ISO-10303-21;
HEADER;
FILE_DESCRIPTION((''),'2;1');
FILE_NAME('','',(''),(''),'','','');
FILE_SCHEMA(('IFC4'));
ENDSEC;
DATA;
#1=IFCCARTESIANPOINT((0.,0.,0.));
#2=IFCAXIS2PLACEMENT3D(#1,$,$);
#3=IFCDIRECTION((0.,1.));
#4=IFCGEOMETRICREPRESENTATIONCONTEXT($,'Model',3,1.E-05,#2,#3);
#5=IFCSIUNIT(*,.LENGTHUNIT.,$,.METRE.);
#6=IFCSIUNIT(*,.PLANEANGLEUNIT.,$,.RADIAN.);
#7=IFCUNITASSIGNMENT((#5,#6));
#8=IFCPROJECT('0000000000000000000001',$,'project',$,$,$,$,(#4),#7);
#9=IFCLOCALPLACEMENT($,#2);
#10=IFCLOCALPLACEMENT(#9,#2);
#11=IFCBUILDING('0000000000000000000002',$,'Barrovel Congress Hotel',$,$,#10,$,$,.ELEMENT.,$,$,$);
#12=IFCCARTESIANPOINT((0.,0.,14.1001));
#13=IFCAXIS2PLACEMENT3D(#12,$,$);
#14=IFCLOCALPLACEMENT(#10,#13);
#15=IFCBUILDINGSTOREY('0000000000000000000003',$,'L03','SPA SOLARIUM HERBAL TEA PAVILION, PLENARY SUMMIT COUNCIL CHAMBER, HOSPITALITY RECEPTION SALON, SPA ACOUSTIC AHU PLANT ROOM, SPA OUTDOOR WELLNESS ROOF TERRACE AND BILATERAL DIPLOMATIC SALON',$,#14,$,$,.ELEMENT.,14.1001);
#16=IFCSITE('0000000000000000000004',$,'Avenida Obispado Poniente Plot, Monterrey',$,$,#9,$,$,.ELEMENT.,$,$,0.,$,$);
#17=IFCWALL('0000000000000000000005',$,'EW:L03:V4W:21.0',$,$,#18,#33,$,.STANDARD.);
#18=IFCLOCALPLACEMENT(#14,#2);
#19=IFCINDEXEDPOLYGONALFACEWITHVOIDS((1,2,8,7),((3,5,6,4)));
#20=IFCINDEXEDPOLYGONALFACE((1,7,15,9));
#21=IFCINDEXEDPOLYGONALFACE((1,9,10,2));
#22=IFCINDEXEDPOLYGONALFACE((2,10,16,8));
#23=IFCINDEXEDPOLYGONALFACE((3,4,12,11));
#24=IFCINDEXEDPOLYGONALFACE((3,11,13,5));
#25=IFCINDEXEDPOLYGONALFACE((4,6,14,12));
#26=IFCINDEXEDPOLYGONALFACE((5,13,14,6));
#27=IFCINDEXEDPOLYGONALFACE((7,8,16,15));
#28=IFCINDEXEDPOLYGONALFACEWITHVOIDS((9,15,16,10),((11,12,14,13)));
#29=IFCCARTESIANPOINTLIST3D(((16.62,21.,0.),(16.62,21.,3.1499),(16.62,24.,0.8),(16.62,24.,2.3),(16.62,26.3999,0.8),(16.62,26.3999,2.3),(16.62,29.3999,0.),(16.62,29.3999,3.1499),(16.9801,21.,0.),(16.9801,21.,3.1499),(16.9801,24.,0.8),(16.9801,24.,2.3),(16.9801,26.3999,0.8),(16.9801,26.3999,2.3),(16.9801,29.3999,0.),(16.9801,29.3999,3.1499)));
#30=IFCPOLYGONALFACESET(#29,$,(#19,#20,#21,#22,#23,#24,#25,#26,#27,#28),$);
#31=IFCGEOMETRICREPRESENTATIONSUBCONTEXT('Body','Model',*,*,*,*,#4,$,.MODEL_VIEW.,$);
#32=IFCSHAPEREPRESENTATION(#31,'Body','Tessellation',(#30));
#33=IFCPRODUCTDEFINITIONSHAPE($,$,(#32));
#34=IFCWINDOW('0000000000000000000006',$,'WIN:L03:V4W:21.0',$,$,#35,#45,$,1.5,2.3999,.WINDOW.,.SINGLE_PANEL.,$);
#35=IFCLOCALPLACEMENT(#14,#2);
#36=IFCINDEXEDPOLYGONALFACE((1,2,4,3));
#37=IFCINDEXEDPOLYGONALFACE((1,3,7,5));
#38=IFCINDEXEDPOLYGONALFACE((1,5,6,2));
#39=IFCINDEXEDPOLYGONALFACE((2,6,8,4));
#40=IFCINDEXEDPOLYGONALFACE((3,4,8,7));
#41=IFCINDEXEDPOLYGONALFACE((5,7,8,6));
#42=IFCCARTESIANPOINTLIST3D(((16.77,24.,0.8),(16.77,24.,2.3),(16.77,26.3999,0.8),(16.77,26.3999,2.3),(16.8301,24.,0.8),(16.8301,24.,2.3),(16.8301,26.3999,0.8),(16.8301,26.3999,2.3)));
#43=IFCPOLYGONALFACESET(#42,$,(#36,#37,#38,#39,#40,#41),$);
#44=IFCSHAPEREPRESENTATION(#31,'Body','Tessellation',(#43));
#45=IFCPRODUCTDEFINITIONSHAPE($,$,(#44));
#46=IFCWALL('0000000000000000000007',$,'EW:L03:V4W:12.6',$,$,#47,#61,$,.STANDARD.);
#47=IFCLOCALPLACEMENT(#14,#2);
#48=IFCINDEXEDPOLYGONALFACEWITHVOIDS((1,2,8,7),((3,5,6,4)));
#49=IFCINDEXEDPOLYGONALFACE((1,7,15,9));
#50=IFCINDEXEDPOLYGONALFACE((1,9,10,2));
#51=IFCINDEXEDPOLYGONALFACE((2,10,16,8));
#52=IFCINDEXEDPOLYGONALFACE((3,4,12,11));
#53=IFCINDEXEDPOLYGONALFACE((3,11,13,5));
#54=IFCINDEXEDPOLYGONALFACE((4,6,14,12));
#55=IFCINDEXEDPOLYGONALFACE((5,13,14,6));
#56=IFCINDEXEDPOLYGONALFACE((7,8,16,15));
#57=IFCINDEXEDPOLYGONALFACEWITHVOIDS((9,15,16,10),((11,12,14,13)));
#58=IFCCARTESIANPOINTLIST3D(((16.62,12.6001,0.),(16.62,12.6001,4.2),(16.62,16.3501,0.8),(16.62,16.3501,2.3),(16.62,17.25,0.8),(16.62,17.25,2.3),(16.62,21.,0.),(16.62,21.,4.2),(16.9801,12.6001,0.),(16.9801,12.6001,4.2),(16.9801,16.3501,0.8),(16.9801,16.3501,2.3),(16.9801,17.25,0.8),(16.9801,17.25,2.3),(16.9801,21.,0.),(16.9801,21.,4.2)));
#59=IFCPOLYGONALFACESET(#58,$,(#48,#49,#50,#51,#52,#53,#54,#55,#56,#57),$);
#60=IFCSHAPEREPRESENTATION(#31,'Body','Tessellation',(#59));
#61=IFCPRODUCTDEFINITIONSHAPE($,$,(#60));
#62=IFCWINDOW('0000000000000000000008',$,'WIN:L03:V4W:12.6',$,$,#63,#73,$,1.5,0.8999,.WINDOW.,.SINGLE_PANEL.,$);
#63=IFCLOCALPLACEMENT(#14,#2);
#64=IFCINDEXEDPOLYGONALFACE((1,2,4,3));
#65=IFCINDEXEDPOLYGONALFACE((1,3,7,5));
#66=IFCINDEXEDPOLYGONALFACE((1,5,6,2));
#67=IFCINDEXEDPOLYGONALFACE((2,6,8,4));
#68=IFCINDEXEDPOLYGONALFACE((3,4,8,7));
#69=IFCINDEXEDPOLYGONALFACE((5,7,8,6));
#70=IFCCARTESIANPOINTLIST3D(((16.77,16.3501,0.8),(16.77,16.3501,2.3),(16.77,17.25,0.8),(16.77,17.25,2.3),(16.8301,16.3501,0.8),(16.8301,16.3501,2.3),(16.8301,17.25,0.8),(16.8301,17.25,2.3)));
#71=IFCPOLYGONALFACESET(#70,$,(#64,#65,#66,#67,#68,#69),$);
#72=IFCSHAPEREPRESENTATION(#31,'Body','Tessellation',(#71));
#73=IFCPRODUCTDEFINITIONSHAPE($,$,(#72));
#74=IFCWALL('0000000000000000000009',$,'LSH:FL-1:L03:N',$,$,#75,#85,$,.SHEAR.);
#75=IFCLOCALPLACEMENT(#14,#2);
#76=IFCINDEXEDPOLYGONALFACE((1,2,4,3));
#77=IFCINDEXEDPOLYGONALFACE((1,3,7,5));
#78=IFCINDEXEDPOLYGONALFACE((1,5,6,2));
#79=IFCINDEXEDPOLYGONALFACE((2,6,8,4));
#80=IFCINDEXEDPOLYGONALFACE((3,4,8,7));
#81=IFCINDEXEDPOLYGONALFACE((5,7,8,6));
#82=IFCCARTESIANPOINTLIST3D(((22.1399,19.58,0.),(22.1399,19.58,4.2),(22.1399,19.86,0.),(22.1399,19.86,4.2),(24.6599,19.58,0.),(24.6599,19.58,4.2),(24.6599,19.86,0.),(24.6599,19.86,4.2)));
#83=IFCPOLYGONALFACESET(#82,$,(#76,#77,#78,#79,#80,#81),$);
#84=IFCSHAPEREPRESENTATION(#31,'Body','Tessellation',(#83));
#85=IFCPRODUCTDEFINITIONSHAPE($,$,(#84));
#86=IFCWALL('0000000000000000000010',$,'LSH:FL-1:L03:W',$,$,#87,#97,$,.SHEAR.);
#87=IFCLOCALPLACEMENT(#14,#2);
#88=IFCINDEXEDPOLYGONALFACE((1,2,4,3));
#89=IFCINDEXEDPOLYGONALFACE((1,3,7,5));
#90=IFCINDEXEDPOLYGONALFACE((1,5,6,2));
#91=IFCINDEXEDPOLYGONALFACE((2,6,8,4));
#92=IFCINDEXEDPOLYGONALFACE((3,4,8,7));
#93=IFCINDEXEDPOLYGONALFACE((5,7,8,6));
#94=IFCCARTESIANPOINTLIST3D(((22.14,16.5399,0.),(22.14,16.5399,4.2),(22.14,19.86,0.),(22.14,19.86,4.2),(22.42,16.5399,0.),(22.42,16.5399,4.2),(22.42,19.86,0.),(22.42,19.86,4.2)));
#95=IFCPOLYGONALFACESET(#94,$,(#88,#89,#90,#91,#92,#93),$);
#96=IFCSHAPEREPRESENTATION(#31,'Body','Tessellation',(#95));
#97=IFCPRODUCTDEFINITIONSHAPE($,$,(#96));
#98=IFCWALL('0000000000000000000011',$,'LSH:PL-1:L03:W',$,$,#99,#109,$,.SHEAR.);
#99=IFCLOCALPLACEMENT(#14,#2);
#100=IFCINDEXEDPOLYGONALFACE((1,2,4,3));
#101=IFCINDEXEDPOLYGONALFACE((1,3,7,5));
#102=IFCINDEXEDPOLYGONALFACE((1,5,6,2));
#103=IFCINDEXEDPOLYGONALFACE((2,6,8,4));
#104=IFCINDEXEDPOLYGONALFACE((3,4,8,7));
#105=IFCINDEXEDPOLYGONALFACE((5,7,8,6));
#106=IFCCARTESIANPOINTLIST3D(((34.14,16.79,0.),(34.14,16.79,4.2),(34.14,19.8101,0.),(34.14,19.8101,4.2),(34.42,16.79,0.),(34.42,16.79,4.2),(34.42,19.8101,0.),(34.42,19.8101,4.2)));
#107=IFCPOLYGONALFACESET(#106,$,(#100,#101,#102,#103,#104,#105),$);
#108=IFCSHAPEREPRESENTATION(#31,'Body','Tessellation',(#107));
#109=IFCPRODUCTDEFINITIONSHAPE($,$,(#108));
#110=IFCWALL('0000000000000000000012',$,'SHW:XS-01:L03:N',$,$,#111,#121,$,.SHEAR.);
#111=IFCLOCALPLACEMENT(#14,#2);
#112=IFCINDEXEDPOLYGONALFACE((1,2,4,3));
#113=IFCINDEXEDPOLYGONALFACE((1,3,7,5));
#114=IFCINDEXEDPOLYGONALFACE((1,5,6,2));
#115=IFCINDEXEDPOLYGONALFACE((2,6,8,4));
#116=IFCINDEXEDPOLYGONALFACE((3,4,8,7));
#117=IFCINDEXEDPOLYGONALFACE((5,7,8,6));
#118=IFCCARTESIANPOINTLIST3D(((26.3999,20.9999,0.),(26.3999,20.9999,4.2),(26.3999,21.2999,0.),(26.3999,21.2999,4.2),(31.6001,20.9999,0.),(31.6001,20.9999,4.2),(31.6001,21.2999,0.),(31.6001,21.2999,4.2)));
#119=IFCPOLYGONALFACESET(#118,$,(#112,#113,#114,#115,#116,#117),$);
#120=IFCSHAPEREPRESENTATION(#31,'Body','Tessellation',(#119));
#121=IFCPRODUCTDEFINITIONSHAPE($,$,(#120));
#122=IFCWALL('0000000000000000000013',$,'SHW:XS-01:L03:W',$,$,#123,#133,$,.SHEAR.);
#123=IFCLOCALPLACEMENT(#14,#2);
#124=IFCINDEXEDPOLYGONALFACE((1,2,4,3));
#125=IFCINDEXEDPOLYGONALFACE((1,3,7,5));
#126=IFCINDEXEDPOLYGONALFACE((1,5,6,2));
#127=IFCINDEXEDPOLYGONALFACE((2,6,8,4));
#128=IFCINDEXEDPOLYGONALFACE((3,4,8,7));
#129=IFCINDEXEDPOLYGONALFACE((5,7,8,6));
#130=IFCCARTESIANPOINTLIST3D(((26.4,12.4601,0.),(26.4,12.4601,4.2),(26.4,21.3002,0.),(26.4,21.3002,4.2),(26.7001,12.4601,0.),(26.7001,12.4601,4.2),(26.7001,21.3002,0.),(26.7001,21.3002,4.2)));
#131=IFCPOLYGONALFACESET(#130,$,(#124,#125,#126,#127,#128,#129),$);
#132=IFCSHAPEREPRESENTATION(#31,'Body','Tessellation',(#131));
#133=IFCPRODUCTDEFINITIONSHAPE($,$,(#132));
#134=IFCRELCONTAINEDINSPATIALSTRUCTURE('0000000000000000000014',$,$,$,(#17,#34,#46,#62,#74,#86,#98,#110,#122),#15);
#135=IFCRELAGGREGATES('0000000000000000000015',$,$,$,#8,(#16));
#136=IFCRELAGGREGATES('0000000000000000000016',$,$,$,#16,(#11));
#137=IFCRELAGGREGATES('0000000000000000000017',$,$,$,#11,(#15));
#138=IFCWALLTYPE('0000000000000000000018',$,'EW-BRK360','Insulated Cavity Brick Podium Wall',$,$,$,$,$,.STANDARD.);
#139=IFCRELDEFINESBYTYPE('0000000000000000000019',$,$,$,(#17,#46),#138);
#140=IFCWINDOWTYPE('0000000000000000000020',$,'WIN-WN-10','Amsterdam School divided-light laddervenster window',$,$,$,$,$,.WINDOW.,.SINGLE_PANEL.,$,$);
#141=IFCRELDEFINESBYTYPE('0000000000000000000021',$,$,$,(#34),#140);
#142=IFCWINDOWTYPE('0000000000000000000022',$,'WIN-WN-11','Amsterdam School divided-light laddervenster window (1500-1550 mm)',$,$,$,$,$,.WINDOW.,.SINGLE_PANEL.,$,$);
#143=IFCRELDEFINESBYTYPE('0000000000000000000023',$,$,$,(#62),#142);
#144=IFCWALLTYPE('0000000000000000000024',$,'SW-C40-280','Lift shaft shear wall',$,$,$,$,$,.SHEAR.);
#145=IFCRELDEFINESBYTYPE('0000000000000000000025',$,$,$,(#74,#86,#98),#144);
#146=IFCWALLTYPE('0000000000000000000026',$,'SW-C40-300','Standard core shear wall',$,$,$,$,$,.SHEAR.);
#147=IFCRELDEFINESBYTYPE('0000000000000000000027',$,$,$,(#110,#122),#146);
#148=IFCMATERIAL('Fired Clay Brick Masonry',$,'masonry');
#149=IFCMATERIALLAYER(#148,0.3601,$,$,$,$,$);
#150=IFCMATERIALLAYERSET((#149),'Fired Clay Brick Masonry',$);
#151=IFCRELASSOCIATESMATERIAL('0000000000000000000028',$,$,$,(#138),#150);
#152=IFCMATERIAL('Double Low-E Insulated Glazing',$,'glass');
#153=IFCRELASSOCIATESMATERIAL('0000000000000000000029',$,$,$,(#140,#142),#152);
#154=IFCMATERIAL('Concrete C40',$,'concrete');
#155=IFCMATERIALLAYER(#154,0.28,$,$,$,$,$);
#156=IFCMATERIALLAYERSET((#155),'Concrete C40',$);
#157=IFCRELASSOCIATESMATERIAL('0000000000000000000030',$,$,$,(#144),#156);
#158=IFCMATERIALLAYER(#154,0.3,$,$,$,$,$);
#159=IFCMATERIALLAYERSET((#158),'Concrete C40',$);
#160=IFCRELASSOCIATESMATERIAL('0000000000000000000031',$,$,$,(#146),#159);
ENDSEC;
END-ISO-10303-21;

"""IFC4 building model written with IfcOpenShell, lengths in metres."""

from ifc_helpers import new_model, si_unit, direction, frame, frame_2d, origin, place, context, subcontext, project, spatial, rectangle, extrude, material, layer, layer_set, type_object, element, fill, save


model = new_model("IFC4")

# Units and contexts
model_context = context("Model", 3, precision=1e-05, world=origin(), true_north=direction((0.0, 1.0)))
body_context = subcontext(model_context, "Body", "Model", "MODEL_VIEW")
ifc_project = project(units=[si_unit("LENGTHUNIT", "METRE"), si_unit("PLANEANGLEUNIT", "RADIAN")], contexts=[model_context])

# Site, building, storey
site_placement = place(None, origin())
site = spatial("IfcSite", under=ifc_project, at=site_placement, Name="Avenida Obispado Poniente Plot, Monterrey", CompositionType="ELEMENT", RefElevation=0.0)
building_placement = place(site_placement, origin())
building = spatial("IfcBuilding", under=site, at=building_placement, Name="Barrovel Congress Hotel", CompositionType="ELEMENT")
storey_placement = place(building_placement, frame((0.0, 0.0, 14.1001)))
storey = spatial("IfcBuildingStorey", under=building, at=storey_placement, Name="L03", Description="SPA SOLARIUM HERBAL TEA PAVILION, PLENARY SUMMIT COUNCIL CHAMBER, HOSPITALITY RECEPTION SALON, SPA ACOUSTIC AHU PLANT ROOM, SPA OUTDOOR WELLNESS ROOF TERRACE AND BILATERAL DIPLOMATIC SALON", CompositionType="ELEMENT", Elevation=14.1001)

# Shared definitions
ifc_material_1 = material(Name="Concrete C40", Category="concrete")

# Walls, openings, windows
ifc_material_2 = material(Name="Fired Clay Brick Masonry", Category="masonry")
ifc_layer_1 = layer(ifc_material_2, 0.3601)
ifc_layer_set_1 = layer_set([ifc_layer_1], Name="Fired Clay Brick Masonry")
wall_type_1 = type_object("IfcWallType", Name="EW-BRK360", Description="Insulated Cavity Brick Podium Wall", PredefinedType="STANDARD", material=ifc_layer_set_1)
wall_1_placement = place(storey_placement, frame((16.8, 29.3999, 0.0), z_axis=(0.0, 0.0, 1.0), x_axis=(0.0, -1.0, 0.0)))
wall_1 = element("IfcWall", 1, at=wall_1_placement, inside=storey, type_object=wall_type_1, Name="EW:L03:V4W:21.0", PredefinedType="STANDARD", context=body_context, shape_type="SweptSolid", body=[
    extrude(rectangle(XDim=8.3999, YDim=0.3601, at=frame_2d((4.2, 0.0))), origin(), (0.0, 0.0, 1.0), 3.1499),
])
opening_1_placement = place(wall_1_placement, frame((3.0, 0.0, 0.8)))
opening_1 = element("IfcOpeningElement", 2, at=opening_1_placement, cuts=wall_1, PredefinedType="OPENING", context=body_context, shape_type="SweptSolid", body=[
    extrude(rectangle(XDim=2.3999, YDim=1.5, at=frame_2d((1.2, 0.75))), frame((0.0, 0.1899, 0.0), z_axis=(0.0, -1.0, 0.0), x_axis=(1.0, 0.0, 0.0)), (0.0, 0.0, 1.0), 0.3801),
])
ifc_material_3 = material(Name="Double Low-E Insulated Glazing", Category="glass")
window_type_1 = type_object("IfcWindowType", Name="WIN-WN-10", Description="Amsterdam School divided-light laddervenster window", PartitioningType="SINGLE_PANEL", PredefinedType="WINDOW", material=ifc_material_3)
window_1_placement = place(opening_1_placement, origin())
window_1 = element("IfcWindow", 3, at=window_1_placement, inside=storey, type_object=window_type_1, Name="WIN:L03:V4W:21.0", OverallHeight=1.5, OverallWidth=2.3999, PartitioningType="SINGLE_PANEL", PredefinedType="WINDOW", context=body_context, shape_type="SweptSolid", body=[
    extrude(rectangle(XDim=2.3999, YDim=1.5, at=frame_2d((1.2, 0.75))), frame((0.0, 0.03, 0.0), z_axis=(0.0, -1.0, 0.0), x_axis=(1.0, 0.0, 0.0)), (0.0, 0.0, 1.0), 0.0601),
])
fill(opening_1, window_1)
wall_2_placement = place(storey_placement, frame((16.8, 21.0, 0.0), z_axis=(0.0, 0.0, 1.0), x_axis=(0.0, -1.0, 0.0)))
wall_2 = element("IfcWall", 4, at=wall_2_placement, inside=storey, type_object=wall_type_1, Name="EW:L03:V4W:12.6", PredefinedType="STANDARD", context=body_context, shape_type="SweptSolid", body=[
    extrude(rectangle(XDim=8.3999, YDim=0.3601, at=frame_2d((4.2, 0.0))), origin(), (0.0, 0.0, 1.0), 4.2),
])
opening_2_placement = place(wall_2_placement, frame((3.75, 0.0, 0.8)))
opening_2 = element("IfcOpeningElement", 5, at=opening_2_placement, cuts=wall_2, PredefinedType="OPENING", context=body_context, shape_type="SweptSolid", body=[
    extrude(rectangle(XDim=0.8999, YDim=1.5, at=frame_2d((0.45, 0.75))), frame((0.0, 0.1899, 0.0), z_axis=(0.0, -1.0, 0.0), x_axis=(1.0, 0.0, 0.0)), (0.0, 0.0, 1.0), 0.3801),
])
window_type_2 = type_object("IfcWindowType", Name="WIN-WN-11", Description="Amsterdam School divided-light laddervenster window (1500-1550 mm)", PartitioningType="SINGLE_PANEL", PredefinedType="WINDOW", material=ifc_material_3)
window_2_placement = place(opening_2_placement, origin())
window_2 = element("IfcWindow", 6, at=window_2_placement, inside=storey, type_object=window_type_2, Name="WIN:L03:V4W:12.6", OverallHeight=1.5, OverallWidth=0.8999, PartitioningType="SINGLE_PANEL", PredefinedType="WINDOW", context=body_context, shape_type="SweptSolid", body=[
    extrude(rectangle(XDim=0.8999, YDim=1.5, at=frame_2d((0.45, 0.75))), frame((0.0, 0.03, 0.0), z_axis=(0.0, -1.0, 0.0), x_axis=(1.0, 0.0, 0.0)), (0.0, 0.0, 1.0), 0.0601),
])
fill(opening_2, window_2)

# Walls
ifc_layer_2 = layer(ifc_material_1, 0.28)
ifc_layer_set_2 = layer_set([ifc_layer_2], Name="Concrete C40")
wall_type_2 = type_object("IfcWallType", Name="SW-C40-280", Description="Lift shaft shear wall", PredefinedType="SHEAR", material=ifc_layer_set_2)
wall_3_placement = place(storey_placement, frame((24.6599, 19.72, 0.0), z_axis=(0.0, 0.0, 1.0), x_axis=(-1.0, 0.0, 0.0)))
element("IfcWall", 7, at=wall_3_placement, inside=storey, type_object=wall_type_2, Name="LSH:FL-1:L03:N", PredefinedType="SHEAR", context=body_context, shape_type="SweptSolid", body=[
    extrude(rectangle(XDim=2.52, YDim=0.28, at=frame_2d((1.26, 0.0))), origin(), (0.0, 0.0, 1.0), 4.2),
])
wall_4_placement = place(storey_placement, frame((22.28, 19.8601, 0.0), z_axis=(0.0, 0.0, 1.0), x_axis=(0.0, -1.0, 0.0)))
element("IfcWall", 8, at=wall_4_placement, inside=storey, type_object=wall_type_2, Name="LSH:FL-1:L03:W", PredefinedType="SHEAR", context=body_context, shape_type="SweptSolid", body=[
    extrude(rectangle(XDim=3.3201, YDim=0.28, at=frame_2d((1.6602, 0.0))), origin(), (0.0, 0.0, 1.0), 4.2),
])
wall_5_placement = place(storey_placement, frame((34.28, 19.8101, 0.0), z_axis=(0.0, 0.0, 1.0), x_axis=(0.0, -1.0, 0.0)))
element("IfcWall", 9, at=wall_5_placement, inside=storey, type_object=wall_type_2, Name="LSH:PL-1:L03:W", PredefinedType="SHEAR", context=body_context, shape_type="SweptSolid", body=[
    extrude(rectangle(XDim=3.02, YDim=0.28, at=frame_2d((1.51, 0.0))), origin(), (0.0, 0.0, 1.0), 4.2),
])
ifc_layer_3 = layer(ifc_material_1, 0.3)
ifc_layer_set_3 = layer_set([ifc_layer_3], Name="Concrete C40")
wall_type_3 = type_object("IfcWallType", Name="SW-C40-300", Description="Standard core shear wall", PredefinedType="SHEAR", material=ifc_layer_set_3)
wall_6_placement = place(storey_placement, frame((31.6001, 21.1499, 0.0), z_axis=(0.0, 0.0, 1.0), x_axis=(-1.0, 0.0, 0.0)))
element("IfcWall", 10, at=wall_6_placement, inside=storey, type_object=wall_type_3, Name="SHW:XS-01:L03:N", PredefinedType="SHEAR", context=body_context, shape_type="SweptSolid", body=[
    extrude(rectangle(XDim=5.2002, YDim=0.3, at=frame_2d((2.6001, 0.0))), origin(), (0.0, 0.0, 1.0), 4.2),
])
wall_7_placement = place(storey_placement, frame((26.55, 21.3, 0.0), z_axis=(0.0, 0.0, 1.0), x_axis=(0.0, -1.0, 0.0)))
element("IfcWall", 11, at=wall_7_placement, inside=storey, type_object=wall_type_3, Name="SHW:XS-01:L03:W", PredefinedType="SHEAR", context=body_context, shape_type="SweptSolid", body=[
    extrude(rectangle(XDim=8.8401, YDim=0.3, at=frame_2d((4.4199, 0.0))), origin(), (0.0, 0.0, 1.0), 4.2),
])

save(model, "model.ifc")
